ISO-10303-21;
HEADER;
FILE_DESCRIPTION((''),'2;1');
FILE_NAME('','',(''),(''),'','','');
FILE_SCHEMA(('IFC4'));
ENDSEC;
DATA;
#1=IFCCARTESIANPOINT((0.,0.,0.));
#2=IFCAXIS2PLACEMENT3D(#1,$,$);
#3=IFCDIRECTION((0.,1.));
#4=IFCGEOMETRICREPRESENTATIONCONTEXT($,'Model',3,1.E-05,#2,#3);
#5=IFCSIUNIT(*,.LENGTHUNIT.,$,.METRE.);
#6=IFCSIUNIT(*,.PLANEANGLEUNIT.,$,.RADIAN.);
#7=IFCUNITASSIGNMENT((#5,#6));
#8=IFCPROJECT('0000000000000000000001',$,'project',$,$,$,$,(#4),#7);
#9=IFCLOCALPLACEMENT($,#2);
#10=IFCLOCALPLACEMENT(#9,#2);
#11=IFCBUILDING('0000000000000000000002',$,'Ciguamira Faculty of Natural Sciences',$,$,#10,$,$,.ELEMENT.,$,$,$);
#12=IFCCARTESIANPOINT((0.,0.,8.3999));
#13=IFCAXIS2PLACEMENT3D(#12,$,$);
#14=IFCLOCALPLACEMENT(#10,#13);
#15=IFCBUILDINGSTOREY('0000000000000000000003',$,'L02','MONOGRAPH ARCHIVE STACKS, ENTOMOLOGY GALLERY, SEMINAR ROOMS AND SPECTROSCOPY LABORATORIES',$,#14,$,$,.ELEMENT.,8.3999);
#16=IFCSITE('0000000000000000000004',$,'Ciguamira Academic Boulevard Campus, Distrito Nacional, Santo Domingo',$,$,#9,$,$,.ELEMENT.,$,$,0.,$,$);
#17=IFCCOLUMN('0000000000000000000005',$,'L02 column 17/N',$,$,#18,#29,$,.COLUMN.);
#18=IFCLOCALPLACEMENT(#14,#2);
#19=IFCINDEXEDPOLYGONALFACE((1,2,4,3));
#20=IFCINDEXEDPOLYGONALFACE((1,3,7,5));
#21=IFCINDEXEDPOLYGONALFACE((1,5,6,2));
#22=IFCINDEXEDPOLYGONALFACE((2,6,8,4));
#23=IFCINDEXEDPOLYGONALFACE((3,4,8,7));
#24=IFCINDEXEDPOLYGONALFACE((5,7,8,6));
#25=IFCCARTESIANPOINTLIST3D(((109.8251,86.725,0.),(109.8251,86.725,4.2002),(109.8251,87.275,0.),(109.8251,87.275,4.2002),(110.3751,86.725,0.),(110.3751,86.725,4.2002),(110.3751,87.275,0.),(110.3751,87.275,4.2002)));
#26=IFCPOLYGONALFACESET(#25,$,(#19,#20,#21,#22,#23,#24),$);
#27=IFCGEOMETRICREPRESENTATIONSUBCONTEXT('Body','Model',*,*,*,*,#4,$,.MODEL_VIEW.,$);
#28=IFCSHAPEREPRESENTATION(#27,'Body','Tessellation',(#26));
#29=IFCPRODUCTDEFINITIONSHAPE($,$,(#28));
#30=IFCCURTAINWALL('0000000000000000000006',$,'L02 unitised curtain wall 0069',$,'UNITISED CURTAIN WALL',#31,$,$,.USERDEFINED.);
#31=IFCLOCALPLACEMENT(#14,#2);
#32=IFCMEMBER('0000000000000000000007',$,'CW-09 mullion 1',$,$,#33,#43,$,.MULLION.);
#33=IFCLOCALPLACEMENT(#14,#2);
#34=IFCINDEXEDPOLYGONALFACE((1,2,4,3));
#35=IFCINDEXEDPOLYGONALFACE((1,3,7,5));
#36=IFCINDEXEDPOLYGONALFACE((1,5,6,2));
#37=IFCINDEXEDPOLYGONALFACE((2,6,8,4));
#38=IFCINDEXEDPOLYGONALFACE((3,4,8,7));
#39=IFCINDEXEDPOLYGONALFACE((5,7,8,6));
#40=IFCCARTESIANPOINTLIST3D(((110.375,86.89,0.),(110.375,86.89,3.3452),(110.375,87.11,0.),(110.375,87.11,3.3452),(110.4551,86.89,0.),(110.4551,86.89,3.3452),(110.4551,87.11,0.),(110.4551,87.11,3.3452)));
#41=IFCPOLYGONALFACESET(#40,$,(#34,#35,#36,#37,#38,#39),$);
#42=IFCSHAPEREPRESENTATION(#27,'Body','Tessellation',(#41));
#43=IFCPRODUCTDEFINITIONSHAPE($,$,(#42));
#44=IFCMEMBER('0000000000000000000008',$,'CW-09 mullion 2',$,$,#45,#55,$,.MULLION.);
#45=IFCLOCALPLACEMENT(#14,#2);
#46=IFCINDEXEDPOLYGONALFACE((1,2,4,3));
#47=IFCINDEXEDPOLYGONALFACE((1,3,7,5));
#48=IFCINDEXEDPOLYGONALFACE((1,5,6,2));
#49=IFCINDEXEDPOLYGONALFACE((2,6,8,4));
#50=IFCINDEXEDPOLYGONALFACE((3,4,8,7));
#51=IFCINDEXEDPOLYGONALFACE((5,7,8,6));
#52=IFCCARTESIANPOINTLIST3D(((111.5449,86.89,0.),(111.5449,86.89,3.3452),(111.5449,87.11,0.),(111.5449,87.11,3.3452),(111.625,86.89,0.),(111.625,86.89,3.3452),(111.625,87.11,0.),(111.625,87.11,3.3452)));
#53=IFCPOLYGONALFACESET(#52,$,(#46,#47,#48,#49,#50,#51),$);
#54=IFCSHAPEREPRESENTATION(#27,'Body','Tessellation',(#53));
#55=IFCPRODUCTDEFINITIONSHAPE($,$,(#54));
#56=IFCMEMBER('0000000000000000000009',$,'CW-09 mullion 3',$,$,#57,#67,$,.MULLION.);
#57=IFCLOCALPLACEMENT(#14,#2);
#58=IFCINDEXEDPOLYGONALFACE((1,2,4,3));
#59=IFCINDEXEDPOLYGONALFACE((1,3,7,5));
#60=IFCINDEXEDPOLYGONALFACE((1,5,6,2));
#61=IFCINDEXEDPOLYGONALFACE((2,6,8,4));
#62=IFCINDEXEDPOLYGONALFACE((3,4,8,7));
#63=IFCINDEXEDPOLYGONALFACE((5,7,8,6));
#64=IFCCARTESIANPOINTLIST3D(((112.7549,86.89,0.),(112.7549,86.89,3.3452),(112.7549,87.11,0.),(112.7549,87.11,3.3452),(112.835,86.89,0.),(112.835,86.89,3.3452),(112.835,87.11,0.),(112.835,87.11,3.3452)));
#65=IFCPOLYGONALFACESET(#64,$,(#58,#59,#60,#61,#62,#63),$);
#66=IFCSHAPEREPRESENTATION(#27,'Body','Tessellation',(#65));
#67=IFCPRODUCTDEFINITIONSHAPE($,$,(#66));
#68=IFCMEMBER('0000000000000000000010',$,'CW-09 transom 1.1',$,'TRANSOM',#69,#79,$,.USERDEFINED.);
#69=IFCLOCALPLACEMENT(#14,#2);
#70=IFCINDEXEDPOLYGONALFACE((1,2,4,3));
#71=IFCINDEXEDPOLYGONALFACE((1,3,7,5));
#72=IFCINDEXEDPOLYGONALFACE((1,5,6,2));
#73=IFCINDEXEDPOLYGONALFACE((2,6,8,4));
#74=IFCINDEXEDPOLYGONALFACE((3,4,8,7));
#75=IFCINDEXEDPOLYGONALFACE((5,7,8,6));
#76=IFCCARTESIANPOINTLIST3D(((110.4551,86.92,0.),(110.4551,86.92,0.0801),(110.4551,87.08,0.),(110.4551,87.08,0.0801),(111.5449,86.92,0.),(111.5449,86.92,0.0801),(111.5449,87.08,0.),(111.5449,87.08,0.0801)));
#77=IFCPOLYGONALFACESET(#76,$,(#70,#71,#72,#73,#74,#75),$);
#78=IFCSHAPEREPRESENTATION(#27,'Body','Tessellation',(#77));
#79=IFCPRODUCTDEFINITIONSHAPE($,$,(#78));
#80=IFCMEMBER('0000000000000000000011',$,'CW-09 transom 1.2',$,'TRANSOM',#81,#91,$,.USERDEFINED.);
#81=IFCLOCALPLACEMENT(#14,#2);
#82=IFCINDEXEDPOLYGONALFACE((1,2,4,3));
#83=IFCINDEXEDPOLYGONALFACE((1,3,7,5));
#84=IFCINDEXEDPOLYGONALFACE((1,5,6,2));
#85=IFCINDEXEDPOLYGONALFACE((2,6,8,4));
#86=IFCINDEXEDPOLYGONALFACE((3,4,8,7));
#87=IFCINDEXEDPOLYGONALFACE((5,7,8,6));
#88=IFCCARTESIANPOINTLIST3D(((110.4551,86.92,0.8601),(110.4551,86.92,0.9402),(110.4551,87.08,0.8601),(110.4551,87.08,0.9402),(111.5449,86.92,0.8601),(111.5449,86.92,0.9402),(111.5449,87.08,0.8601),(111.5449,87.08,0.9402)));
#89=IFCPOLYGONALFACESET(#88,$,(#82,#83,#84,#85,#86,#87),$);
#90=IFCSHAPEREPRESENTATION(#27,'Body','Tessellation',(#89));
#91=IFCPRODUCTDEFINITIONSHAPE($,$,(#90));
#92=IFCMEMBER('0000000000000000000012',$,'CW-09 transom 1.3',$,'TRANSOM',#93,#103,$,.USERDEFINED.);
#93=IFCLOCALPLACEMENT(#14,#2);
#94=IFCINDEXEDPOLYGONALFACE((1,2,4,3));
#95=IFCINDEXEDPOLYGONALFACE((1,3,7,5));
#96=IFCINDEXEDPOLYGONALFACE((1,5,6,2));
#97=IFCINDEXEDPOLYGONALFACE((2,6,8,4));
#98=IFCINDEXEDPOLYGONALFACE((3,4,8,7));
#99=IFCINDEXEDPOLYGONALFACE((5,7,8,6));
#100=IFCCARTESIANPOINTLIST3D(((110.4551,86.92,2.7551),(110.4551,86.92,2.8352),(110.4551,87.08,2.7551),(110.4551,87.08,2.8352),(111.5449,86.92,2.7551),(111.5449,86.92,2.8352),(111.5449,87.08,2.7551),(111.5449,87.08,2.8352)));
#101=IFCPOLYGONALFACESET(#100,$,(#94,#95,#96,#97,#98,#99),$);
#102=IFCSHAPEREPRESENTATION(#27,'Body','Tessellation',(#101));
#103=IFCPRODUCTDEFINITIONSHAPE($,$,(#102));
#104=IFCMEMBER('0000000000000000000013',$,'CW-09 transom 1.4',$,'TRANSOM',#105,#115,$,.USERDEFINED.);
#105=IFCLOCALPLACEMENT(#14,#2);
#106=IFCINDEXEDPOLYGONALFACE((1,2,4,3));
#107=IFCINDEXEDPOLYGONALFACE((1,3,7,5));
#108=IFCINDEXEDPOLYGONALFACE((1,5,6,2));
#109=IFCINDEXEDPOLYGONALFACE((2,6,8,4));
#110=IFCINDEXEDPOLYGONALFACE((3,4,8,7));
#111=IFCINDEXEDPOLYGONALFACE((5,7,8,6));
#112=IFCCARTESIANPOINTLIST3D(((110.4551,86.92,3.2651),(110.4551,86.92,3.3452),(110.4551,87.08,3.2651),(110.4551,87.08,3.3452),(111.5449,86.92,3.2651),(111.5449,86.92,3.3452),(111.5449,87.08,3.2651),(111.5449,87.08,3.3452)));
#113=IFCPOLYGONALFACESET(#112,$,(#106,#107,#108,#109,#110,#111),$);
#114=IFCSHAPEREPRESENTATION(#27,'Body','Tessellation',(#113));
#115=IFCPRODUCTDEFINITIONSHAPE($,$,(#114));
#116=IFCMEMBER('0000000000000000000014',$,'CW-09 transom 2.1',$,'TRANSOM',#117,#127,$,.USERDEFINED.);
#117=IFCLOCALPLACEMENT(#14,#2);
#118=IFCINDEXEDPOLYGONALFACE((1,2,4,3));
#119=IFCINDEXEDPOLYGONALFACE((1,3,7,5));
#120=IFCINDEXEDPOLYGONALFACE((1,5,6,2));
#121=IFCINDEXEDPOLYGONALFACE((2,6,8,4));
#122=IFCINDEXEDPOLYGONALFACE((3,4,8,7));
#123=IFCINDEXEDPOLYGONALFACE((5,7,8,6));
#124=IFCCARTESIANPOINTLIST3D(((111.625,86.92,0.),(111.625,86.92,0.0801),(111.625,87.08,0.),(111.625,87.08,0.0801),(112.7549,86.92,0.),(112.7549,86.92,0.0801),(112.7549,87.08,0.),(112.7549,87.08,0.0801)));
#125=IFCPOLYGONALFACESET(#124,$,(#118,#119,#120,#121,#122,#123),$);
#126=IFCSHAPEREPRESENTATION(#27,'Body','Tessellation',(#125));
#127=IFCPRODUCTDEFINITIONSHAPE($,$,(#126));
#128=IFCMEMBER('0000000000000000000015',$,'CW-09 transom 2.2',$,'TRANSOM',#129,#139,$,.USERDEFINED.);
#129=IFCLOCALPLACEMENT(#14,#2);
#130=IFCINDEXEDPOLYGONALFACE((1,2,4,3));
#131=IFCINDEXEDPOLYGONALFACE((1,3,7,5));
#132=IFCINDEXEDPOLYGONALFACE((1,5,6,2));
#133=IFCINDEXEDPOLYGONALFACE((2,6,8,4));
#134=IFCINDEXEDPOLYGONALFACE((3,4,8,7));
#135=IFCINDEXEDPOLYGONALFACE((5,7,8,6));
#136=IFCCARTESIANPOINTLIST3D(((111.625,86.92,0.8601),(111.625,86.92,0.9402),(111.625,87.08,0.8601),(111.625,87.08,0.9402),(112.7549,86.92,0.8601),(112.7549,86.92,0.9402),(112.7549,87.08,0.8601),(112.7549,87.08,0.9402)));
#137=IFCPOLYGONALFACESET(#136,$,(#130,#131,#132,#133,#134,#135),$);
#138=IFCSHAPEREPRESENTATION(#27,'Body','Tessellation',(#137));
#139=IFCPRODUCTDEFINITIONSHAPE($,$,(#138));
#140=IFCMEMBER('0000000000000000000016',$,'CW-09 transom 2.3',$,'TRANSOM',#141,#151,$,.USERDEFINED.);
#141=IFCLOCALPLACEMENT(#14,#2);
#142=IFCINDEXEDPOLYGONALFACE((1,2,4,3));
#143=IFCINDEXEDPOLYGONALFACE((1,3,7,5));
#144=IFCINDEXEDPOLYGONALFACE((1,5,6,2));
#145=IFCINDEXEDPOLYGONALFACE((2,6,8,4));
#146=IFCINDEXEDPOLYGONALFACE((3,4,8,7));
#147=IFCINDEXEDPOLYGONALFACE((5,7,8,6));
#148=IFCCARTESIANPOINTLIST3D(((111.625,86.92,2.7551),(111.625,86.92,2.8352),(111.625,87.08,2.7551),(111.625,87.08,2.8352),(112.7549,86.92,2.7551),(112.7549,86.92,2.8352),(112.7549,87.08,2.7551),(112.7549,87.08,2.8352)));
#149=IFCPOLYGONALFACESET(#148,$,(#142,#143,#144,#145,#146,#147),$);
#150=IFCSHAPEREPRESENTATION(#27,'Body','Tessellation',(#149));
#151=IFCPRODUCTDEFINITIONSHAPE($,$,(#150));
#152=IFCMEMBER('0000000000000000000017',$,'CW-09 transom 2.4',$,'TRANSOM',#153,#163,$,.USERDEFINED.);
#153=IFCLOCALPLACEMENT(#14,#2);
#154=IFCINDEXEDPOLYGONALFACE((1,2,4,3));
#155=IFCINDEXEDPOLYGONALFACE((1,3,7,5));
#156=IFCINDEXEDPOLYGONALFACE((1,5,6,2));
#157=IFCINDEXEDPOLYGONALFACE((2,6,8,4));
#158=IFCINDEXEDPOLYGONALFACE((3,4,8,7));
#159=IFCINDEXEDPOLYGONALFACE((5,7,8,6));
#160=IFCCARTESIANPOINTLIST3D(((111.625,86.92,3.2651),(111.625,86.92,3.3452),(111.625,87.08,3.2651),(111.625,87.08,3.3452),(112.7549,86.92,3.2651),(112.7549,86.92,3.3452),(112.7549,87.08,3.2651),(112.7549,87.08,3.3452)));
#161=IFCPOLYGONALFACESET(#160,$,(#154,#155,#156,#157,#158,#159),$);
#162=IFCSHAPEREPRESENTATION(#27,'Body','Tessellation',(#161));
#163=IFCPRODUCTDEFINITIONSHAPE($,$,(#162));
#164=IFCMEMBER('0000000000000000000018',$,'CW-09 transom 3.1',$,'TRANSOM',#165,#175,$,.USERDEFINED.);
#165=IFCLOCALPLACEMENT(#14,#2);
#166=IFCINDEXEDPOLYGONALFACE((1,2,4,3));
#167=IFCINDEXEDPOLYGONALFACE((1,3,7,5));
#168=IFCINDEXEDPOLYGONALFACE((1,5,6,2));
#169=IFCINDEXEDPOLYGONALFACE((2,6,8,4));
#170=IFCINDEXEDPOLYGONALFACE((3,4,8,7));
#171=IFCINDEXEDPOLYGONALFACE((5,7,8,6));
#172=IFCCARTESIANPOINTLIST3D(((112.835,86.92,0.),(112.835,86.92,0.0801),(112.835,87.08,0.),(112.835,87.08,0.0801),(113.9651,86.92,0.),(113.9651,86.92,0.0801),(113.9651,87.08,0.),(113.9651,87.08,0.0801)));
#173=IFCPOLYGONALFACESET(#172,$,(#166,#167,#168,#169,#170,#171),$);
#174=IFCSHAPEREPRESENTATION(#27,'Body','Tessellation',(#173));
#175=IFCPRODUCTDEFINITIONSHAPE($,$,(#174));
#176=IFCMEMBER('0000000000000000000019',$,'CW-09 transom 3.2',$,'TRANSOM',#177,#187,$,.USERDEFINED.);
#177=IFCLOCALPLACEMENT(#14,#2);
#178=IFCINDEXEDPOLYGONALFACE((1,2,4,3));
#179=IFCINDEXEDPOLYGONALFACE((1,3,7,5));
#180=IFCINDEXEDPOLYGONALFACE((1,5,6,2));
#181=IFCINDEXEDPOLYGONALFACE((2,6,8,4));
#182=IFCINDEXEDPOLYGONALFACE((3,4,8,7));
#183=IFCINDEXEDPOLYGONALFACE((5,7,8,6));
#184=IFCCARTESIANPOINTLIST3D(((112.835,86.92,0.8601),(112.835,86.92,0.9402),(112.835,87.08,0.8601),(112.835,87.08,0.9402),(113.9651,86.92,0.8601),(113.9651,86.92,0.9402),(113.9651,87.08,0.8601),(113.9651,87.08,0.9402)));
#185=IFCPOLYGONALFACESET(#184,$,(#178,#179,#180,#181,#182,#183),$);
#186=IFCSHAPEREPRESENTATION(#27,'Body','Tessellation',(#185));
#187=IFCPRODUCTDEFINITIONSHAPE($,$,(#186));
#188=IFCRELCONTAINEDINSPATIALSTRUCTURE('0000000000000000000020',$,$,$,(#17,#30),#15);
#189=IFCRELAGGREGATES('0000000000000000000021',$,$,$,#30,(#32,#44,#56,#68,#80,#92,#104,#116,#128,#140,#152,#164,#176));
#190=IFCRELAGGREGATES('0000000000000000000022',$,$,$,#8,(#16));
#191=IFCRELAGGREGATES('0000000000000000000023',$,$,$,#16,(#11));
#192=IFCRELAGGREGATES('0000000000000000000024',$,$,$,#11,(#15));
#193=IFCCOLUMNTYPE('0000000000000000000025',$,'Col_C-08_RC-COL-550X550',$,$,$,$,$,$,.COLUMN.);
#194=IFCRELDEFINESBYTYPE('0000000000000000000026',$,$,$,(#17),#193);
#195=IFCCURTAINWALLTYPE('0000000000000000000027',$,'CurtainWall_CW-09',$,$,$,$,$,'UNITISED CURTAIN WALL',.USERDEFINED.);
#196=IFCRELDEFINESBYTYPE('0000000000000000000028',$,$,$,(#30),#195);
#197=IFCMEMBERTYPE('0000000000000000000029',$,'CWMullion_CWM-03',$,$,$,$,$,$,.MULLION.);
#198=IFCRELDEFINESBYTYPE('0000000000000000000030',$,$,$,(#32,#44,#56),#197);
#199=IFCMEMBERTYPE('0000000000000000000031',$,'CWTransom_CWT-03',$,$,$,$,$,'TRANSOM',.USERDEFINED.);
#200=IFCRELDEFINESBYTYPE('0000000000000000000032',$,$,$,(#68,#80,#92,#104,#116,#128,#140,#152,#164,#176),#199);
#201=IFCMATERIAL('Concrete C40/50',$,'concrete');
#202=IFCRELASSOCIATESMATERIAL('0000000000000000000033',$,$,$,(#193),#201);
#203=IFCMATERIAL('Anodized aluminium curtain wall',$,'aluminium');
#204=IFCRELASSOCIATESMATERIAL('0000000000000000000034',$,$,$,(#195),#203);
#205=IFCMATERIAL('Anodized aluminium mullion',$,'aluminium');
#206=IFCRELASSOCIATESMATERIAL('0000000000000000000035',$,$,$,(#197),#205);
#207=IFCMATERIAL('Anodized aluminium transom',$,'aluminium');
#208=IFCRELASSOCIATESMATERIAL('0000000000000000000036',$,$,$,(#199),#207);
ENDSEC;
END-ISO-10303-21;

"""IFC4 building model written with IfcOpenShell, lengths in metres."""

from ifc_helpers import new_model, si_unit, direction, frame, origin, origin_2d, place, context, subcontext, project, spatial, rectangle, extrude, material, material_profile, profile_set, type_object, element, aggregate, save


model = new_model("IFC4")

# Units and contexts
model_context = context("Model", 3, precision=1e-05, world=origin(), true_north=direction((0.0, 1.0)))
body_context = subcontext(model_context, "Body", "Model", "MODEL_VIEW")
ifc_project = project(units=[si_unit("LENGTHUNIT", "METRE"), si_unit("PLANEANGLEUNIT", "RADIAN")], contexts=[model_context])

# Site, building, storey
site_placement = place(None, origin())
site = spatial("IfcSite", under=ifc_project, at=site_placement, Name="Ciguamira Academic Boulevard Campus, Distrito Nacional, Santo Domingo", CompositionType="ELEMENT", RefElevation=0.0)
building_placement = place(site_placement, origin())
building = spatial("IfcBuilding", under=site, at=building_placement, Name="Ciguamira Faculty of Natural Sciences", CompositionType="ELEMENT")
storey_placement = place(building_placement, frame((0.0, 0.0, 8.3999)))
storey = spatial("IfcBuildingStorey", under=building, at=storey_placement, Name="L02", Description="MONOGRAPH ARCHIVE STACKS, ENTOMOLOGY GALLERY, SEMINAR ROOMS AND SPECTROSCOPY LABORATORIES", CompositionType="ELEMENT", Elevation=8.3999)

# Column
ifc_material_1 = material(Name="Concrete C40/50", Category="concrete")
ifc_material_profile_1 = material_profile(ifc_material_1, rectangle(XDim=0.55, YDim=0.55, at=origin_2d()), Name="RC-COL-550X550")
ifc_profile_set_1 = profile_set([ifc_material_profile_1], Name="Concrete C40/50")
column_type = type_object("IfcColumnType", Name="Col_C-08_RC-COL-550X550", PredefinedType="COLUMN", material=ifc_profile_set_1)
column_placement = place(storey_placement, frame((110.1001, 87.0, 0.0), z_axis=(0.0, 0.0, 1.0), x_axis=(1.0, 0.0, 0.0)))
element("IfcColumn", 1, at=column_placement, inside=storey, type_object=column_type, Name="L02 column 17/N", PredefinedType="COLUMN", context=body_context, shape_type="SweptSolid", body=[
    extrude(rectangle(XDim=0.55, YDim=0.55, at=origin_2d()), origin(), (0.0, 0.0, 1.0), 4.2002),
])

# Curtain wall, members
ifc_material_2 = material(Name="Anodized aluminium curtain wall", Category="aluminium")
curtain_wall_type = type_object("IfcCurtainWallType", Name="CurtainWall_CW-09", ElementType="UNITISED CURTAIN WALL", PredefinedType="USERDEFINED", material=ifc_material_2)
curtain_wall_placement = place(storey_placement, origin())
curtain_wall = element("IfcCurtainWall", 2, at=curtain_wall_placement, inside=storey, type_object=curtain_wall_type, Name="L02 unitised curtain wall 0069", ObjectType="UNITISED CURTAIN WALL", PredefinedType="USERDEFINED")
ifc_material_3 = material(Name="Anodized aluminium mullion", Category="aluminium")
ifc_material_profile_2 = material_profile(ifc_material_3, rectangle(XDim=0.0801, YDim=0.22, at=origin_2d()), Name="ALU-MUL-80X220")
ifc_profile_set_2 = profile_set([ifc_material_profile_2], Name="Anodized aluminium mullion")
member_type_1 = type_object("IfcMemberType", Name="CWMullion_CWM-03", PredefinedType="MULLION", material=ifc_profile_set_2)
member_1_placement = place(storey_placement, frame((110.415, 87.0, 0.0), z_axis=(0.0, 0.0, 1.0), x_axis=(1.0, 0.0, 0.0)))
member_1 = element("IfcMember", 3, at=member_1_placement, type_object=member_type_1, Name="CW-09 mullion 1", PredefinedType="MULLION", context=body_context, shape_type="SweptSolid", body=[
    extrude(rectangle(XDim=0.0801, YDim=0.22, at=origin_2d()), origin(), (0.0, 0.0, 1.0), 3.3452),
])
member_2_placement = place(storey_placement, frame((111.585, 87.0, 0.0), z_axis=(0.0, 0.0, 1.0), x_axis=(1.0, 0.0, 0.0)))
member_2 = element("IfcMember", 4, at=member_2_placement, type_object=member_type_1, Name="CW-09 mullion 2", PredefinedType="MULLION", context=body_context, shape_type="SweptSolid", body=[
    extrude(rectangle(XDim=0.0801, YDim=0.22, at=origin_2d()), origin(), (0.0, 0.0, 1.0), 3.3452),
])
member_3_placement = place(storey_placement, frame((112.7949, 87.0, 0.0), z_axis=(0.0, 0.0, 1.0), x_axis=(1.0, 0.0, 0.0)))
member_3 = element("IfcMember", 5, at=member_3_placement, type_object=member_type_1, Name="CW-09 mullion 3", PredefinedType="MULLION", context=body_context, shape_type="SweptSolid", body=[
    extrude(rectangle(XDim=0.0801, YDim=0.22, at=origin_2d()), origin(), (0.0, 0.0, 1.0), 3.3452),
])
ifc_material_4 = material(Name="Anodized aluminium transom", Category="aluminium")
ifc_material_profile_3 = material_profile(ifc_material_4, rectangle(XDim=0.0801, YDim=0.1599, at=origin_2d()), Name="ALU-TRN-80X160")
ifc_profile_set_3 = profile_set([ifc_material_profile_3], Name="Anodized aluminium transom")
member_type_2 = type_object("IfcMemberType", Name="CWTransom_CWT-03", ElementType="TRANSOM", PredefinedType="USERDEFINED", material=ifc_profile_set_3)
member_4_placement = place(storey_placement, frame((110.4551, 87.0, 0.04), z_axis=(1.0, 0.0, 0.0), x_axis=(0.0, 0.0, 1.0)))
member_4 = element("IfcMember", 6, at=member_4_placement, type_object=member_type_2, Name="CW-09 transom 1.1", ObjectType="TRANSOM", PredefinedType="USERDEFINED", context=body_context, shape_type="SweptSolid", body=[
    extrude(rectangle(XDim=0.0801, YDim=0.1599, at=origin_2d()), origin(), (0.0, 0.0, 1.0), 1.0898),
])
member_5_placement = place(storey_placement, frame((110.4551, 87.0, 0.9001), z_axis=(1.0, 0.0, 0.0), x_axis=(0.0, 0.0, 1.0)))
member_5 = element("IfcMember", 7, at=member_5_placement, type_object=member_type_2, Name="CW-09 transom 1.2", ObjectType="TRANSOM", PredefinedType="USERDEFINED", context=body_context, shape_type="SweptSolid", body=[
    extrude(rectangle(XDim=0.0801, YDim=0.1599, at=origin_2d()), origin(), (0.0, 0.0, 1.0), 1.0898),
])
member_6_placement = place(storey_placement, frame((110.4551, 87.0, 2.7952), z_axis=(1.0, 0.0, 0.0), x_axis=(0.0, 0.0, 1.0)))
member_6 = element("IfcMember", 8, at=member_6_placement, type_object=member_type_2, Name="CW-09 transom 1.3", ObjectType="TRANSOM", PredefinedType="USERDEFINED", context=body_context, shape_type="SweptSolid", body=[
    extrude(rectangle(XDim=0.0801, YDim=0.1599, at=origin_2d()), origin(), (0.0, 0.0, 1.0), 1.0898),
])
member_7_placement = place(storey_placement, frame((110.4551, 87.0, 3.3052), z_axis=(1.0, 0.0, 0.0), x_axis=(0.0, 0.0, 1.0)))
member_7 = element("IfcMember", 9, at=member_7_placement, type_object=member_type_2, Name="CW-09 transom 1.4", ObjectType="TRANSOM", PredefinedType="USERDEFINED", context=body_context, shape_type="SweptSolid", body=[
    extrude(rectangle(XDim=0.0801, YDim=0.1599, at=origin_2d()), origin(), (0.0, 0.0, 1.0), 1.0898),
])
member_8_placement = place(storey_placement, frame((111.625, 87.0, 0.04), z_axis=(1.0, 0.0, 0.0), x_axis=(0.0, 0.0, 1.0)))
member_8 = element("IfcMember", 10, at=member_8_placement, type_object=member_type_2, Name="CW-09 transom 2.1", ObjectType="TRANSOM", PredefinedType="USERDEFINED", context=body_context, shape_type="SweptSolid", body=[
    extrude(rectangle(XDim=0.0801, YDim=0.1599, at=origin_2d()), origin(), (0.0, 0.0, 1.0), 1.1299),
])
member_9_placement = place(storey_placement, frame((111.625, 87.0, 0.9001), z_axis=(1.0, 0.0, 0.0), x_axis=(0.0, 0.0, 1.0)))
member_9 = element("IfcMember", 11, at=member_9_placement, type_object=member_type_2, Name="CW-09 transom 2.2", ObjectType="TRANSOM", PredefinedType="USERDEFINED", context=body_context, shape_type="SweptSolid", body=[
    extrude(rectangle(XDim=0.0801, YDim=0.1599, at=origin_2d()), origin(), (0.0, 0.0, 1.0), 1.1299),
])
member_10_placement = place(storey_placement, frame((111.625, 87.0, 2.7952), z_axis=(1.0, 0.0, 0.0), x_axis=(0.0, 0.0, 1.0)))
member_10 = element("IfcMember", 12, at=member_10_placement, type_object=member_type_2, Name="CW-09 transom 2.3", ObjectType="TRANSOM", PredefinedType="USERDEFINED", context=body_context, shape_type="SweptSolid", body=[
    extrude(rectangle(XDim=0.0801, YDim=0.1599, at=origin_2d()), origin(), (0.0, 0.0, 1.0), 1.1299),
])
member_11_placement = place(storey_placement, frame((111.625, 87.0, 3.3052), z_axis=(1.0, 0.0, 0.0), x_axis=(0.0, 0.0, 1.0)))
member_11 = element("IfcMember", 13, at=member_11_placement, type_object=member_type_2, Name="CW-09 transom 2.4", ObjectType="TRANSOM", PredefinedType="USERDEFINED", context=body_context, shape_type="SweptSolid", body=[
    extrude(rectangle(XDim=0.0801, YDim=0.1599, at=origin_2d()), origin(), (0.0, 0.0, 1.0), 1.1299),
])
member_12_placement = place(storey_placement, frame((112.835, 87.0, 0.04), z_axis=(1.0, 0.0, 0.0), x_axis=(0.0, 0.0, 1.0)))
member_12 = element("IfcMember", 14, at=member_12_placement, type_object=member_type_2, Name="CW-09 transom 3.1", ObjectType="TRANSOM", PredefinedType="USERDEFINED", context=body_context, shape_type="SweptSolid", body=[
    extrude(rectangle(XDim=0.0801, YDim=0.1599, at=origin_2d()), origin(), (0.0, 0.0, 1.0), 1.1301),
])
member_13_placement = place(storey_placement, frame((112.835, 87.0, 0.9001), z_axis=(1.0, 0.0, 0.0), x_axis=(0.0, 0.0, 1.0)))
member_13 = element("IfcMember", 15, at=member_13_placement, type_object=member_type_2, Name="CW-09 transom 3.2", ObjectType="TRANSOM", PredefinedType="USERDEFINED", context=body_context, shape_type="SweptSolid", body=[
    extrude(rectangle(XDim=0.0801, YDim=0.1599, at=origin_2d()), origin(), (0.0, 0.0, 1.0), 1.1301),
])

aggregate(curtain_wall, [member_1, member_2, member_3, member_4, member_5, member_6, member_7, member_8, member_9, member_10, member_11, member_12, member_13])

save(model, "model.ifc")
